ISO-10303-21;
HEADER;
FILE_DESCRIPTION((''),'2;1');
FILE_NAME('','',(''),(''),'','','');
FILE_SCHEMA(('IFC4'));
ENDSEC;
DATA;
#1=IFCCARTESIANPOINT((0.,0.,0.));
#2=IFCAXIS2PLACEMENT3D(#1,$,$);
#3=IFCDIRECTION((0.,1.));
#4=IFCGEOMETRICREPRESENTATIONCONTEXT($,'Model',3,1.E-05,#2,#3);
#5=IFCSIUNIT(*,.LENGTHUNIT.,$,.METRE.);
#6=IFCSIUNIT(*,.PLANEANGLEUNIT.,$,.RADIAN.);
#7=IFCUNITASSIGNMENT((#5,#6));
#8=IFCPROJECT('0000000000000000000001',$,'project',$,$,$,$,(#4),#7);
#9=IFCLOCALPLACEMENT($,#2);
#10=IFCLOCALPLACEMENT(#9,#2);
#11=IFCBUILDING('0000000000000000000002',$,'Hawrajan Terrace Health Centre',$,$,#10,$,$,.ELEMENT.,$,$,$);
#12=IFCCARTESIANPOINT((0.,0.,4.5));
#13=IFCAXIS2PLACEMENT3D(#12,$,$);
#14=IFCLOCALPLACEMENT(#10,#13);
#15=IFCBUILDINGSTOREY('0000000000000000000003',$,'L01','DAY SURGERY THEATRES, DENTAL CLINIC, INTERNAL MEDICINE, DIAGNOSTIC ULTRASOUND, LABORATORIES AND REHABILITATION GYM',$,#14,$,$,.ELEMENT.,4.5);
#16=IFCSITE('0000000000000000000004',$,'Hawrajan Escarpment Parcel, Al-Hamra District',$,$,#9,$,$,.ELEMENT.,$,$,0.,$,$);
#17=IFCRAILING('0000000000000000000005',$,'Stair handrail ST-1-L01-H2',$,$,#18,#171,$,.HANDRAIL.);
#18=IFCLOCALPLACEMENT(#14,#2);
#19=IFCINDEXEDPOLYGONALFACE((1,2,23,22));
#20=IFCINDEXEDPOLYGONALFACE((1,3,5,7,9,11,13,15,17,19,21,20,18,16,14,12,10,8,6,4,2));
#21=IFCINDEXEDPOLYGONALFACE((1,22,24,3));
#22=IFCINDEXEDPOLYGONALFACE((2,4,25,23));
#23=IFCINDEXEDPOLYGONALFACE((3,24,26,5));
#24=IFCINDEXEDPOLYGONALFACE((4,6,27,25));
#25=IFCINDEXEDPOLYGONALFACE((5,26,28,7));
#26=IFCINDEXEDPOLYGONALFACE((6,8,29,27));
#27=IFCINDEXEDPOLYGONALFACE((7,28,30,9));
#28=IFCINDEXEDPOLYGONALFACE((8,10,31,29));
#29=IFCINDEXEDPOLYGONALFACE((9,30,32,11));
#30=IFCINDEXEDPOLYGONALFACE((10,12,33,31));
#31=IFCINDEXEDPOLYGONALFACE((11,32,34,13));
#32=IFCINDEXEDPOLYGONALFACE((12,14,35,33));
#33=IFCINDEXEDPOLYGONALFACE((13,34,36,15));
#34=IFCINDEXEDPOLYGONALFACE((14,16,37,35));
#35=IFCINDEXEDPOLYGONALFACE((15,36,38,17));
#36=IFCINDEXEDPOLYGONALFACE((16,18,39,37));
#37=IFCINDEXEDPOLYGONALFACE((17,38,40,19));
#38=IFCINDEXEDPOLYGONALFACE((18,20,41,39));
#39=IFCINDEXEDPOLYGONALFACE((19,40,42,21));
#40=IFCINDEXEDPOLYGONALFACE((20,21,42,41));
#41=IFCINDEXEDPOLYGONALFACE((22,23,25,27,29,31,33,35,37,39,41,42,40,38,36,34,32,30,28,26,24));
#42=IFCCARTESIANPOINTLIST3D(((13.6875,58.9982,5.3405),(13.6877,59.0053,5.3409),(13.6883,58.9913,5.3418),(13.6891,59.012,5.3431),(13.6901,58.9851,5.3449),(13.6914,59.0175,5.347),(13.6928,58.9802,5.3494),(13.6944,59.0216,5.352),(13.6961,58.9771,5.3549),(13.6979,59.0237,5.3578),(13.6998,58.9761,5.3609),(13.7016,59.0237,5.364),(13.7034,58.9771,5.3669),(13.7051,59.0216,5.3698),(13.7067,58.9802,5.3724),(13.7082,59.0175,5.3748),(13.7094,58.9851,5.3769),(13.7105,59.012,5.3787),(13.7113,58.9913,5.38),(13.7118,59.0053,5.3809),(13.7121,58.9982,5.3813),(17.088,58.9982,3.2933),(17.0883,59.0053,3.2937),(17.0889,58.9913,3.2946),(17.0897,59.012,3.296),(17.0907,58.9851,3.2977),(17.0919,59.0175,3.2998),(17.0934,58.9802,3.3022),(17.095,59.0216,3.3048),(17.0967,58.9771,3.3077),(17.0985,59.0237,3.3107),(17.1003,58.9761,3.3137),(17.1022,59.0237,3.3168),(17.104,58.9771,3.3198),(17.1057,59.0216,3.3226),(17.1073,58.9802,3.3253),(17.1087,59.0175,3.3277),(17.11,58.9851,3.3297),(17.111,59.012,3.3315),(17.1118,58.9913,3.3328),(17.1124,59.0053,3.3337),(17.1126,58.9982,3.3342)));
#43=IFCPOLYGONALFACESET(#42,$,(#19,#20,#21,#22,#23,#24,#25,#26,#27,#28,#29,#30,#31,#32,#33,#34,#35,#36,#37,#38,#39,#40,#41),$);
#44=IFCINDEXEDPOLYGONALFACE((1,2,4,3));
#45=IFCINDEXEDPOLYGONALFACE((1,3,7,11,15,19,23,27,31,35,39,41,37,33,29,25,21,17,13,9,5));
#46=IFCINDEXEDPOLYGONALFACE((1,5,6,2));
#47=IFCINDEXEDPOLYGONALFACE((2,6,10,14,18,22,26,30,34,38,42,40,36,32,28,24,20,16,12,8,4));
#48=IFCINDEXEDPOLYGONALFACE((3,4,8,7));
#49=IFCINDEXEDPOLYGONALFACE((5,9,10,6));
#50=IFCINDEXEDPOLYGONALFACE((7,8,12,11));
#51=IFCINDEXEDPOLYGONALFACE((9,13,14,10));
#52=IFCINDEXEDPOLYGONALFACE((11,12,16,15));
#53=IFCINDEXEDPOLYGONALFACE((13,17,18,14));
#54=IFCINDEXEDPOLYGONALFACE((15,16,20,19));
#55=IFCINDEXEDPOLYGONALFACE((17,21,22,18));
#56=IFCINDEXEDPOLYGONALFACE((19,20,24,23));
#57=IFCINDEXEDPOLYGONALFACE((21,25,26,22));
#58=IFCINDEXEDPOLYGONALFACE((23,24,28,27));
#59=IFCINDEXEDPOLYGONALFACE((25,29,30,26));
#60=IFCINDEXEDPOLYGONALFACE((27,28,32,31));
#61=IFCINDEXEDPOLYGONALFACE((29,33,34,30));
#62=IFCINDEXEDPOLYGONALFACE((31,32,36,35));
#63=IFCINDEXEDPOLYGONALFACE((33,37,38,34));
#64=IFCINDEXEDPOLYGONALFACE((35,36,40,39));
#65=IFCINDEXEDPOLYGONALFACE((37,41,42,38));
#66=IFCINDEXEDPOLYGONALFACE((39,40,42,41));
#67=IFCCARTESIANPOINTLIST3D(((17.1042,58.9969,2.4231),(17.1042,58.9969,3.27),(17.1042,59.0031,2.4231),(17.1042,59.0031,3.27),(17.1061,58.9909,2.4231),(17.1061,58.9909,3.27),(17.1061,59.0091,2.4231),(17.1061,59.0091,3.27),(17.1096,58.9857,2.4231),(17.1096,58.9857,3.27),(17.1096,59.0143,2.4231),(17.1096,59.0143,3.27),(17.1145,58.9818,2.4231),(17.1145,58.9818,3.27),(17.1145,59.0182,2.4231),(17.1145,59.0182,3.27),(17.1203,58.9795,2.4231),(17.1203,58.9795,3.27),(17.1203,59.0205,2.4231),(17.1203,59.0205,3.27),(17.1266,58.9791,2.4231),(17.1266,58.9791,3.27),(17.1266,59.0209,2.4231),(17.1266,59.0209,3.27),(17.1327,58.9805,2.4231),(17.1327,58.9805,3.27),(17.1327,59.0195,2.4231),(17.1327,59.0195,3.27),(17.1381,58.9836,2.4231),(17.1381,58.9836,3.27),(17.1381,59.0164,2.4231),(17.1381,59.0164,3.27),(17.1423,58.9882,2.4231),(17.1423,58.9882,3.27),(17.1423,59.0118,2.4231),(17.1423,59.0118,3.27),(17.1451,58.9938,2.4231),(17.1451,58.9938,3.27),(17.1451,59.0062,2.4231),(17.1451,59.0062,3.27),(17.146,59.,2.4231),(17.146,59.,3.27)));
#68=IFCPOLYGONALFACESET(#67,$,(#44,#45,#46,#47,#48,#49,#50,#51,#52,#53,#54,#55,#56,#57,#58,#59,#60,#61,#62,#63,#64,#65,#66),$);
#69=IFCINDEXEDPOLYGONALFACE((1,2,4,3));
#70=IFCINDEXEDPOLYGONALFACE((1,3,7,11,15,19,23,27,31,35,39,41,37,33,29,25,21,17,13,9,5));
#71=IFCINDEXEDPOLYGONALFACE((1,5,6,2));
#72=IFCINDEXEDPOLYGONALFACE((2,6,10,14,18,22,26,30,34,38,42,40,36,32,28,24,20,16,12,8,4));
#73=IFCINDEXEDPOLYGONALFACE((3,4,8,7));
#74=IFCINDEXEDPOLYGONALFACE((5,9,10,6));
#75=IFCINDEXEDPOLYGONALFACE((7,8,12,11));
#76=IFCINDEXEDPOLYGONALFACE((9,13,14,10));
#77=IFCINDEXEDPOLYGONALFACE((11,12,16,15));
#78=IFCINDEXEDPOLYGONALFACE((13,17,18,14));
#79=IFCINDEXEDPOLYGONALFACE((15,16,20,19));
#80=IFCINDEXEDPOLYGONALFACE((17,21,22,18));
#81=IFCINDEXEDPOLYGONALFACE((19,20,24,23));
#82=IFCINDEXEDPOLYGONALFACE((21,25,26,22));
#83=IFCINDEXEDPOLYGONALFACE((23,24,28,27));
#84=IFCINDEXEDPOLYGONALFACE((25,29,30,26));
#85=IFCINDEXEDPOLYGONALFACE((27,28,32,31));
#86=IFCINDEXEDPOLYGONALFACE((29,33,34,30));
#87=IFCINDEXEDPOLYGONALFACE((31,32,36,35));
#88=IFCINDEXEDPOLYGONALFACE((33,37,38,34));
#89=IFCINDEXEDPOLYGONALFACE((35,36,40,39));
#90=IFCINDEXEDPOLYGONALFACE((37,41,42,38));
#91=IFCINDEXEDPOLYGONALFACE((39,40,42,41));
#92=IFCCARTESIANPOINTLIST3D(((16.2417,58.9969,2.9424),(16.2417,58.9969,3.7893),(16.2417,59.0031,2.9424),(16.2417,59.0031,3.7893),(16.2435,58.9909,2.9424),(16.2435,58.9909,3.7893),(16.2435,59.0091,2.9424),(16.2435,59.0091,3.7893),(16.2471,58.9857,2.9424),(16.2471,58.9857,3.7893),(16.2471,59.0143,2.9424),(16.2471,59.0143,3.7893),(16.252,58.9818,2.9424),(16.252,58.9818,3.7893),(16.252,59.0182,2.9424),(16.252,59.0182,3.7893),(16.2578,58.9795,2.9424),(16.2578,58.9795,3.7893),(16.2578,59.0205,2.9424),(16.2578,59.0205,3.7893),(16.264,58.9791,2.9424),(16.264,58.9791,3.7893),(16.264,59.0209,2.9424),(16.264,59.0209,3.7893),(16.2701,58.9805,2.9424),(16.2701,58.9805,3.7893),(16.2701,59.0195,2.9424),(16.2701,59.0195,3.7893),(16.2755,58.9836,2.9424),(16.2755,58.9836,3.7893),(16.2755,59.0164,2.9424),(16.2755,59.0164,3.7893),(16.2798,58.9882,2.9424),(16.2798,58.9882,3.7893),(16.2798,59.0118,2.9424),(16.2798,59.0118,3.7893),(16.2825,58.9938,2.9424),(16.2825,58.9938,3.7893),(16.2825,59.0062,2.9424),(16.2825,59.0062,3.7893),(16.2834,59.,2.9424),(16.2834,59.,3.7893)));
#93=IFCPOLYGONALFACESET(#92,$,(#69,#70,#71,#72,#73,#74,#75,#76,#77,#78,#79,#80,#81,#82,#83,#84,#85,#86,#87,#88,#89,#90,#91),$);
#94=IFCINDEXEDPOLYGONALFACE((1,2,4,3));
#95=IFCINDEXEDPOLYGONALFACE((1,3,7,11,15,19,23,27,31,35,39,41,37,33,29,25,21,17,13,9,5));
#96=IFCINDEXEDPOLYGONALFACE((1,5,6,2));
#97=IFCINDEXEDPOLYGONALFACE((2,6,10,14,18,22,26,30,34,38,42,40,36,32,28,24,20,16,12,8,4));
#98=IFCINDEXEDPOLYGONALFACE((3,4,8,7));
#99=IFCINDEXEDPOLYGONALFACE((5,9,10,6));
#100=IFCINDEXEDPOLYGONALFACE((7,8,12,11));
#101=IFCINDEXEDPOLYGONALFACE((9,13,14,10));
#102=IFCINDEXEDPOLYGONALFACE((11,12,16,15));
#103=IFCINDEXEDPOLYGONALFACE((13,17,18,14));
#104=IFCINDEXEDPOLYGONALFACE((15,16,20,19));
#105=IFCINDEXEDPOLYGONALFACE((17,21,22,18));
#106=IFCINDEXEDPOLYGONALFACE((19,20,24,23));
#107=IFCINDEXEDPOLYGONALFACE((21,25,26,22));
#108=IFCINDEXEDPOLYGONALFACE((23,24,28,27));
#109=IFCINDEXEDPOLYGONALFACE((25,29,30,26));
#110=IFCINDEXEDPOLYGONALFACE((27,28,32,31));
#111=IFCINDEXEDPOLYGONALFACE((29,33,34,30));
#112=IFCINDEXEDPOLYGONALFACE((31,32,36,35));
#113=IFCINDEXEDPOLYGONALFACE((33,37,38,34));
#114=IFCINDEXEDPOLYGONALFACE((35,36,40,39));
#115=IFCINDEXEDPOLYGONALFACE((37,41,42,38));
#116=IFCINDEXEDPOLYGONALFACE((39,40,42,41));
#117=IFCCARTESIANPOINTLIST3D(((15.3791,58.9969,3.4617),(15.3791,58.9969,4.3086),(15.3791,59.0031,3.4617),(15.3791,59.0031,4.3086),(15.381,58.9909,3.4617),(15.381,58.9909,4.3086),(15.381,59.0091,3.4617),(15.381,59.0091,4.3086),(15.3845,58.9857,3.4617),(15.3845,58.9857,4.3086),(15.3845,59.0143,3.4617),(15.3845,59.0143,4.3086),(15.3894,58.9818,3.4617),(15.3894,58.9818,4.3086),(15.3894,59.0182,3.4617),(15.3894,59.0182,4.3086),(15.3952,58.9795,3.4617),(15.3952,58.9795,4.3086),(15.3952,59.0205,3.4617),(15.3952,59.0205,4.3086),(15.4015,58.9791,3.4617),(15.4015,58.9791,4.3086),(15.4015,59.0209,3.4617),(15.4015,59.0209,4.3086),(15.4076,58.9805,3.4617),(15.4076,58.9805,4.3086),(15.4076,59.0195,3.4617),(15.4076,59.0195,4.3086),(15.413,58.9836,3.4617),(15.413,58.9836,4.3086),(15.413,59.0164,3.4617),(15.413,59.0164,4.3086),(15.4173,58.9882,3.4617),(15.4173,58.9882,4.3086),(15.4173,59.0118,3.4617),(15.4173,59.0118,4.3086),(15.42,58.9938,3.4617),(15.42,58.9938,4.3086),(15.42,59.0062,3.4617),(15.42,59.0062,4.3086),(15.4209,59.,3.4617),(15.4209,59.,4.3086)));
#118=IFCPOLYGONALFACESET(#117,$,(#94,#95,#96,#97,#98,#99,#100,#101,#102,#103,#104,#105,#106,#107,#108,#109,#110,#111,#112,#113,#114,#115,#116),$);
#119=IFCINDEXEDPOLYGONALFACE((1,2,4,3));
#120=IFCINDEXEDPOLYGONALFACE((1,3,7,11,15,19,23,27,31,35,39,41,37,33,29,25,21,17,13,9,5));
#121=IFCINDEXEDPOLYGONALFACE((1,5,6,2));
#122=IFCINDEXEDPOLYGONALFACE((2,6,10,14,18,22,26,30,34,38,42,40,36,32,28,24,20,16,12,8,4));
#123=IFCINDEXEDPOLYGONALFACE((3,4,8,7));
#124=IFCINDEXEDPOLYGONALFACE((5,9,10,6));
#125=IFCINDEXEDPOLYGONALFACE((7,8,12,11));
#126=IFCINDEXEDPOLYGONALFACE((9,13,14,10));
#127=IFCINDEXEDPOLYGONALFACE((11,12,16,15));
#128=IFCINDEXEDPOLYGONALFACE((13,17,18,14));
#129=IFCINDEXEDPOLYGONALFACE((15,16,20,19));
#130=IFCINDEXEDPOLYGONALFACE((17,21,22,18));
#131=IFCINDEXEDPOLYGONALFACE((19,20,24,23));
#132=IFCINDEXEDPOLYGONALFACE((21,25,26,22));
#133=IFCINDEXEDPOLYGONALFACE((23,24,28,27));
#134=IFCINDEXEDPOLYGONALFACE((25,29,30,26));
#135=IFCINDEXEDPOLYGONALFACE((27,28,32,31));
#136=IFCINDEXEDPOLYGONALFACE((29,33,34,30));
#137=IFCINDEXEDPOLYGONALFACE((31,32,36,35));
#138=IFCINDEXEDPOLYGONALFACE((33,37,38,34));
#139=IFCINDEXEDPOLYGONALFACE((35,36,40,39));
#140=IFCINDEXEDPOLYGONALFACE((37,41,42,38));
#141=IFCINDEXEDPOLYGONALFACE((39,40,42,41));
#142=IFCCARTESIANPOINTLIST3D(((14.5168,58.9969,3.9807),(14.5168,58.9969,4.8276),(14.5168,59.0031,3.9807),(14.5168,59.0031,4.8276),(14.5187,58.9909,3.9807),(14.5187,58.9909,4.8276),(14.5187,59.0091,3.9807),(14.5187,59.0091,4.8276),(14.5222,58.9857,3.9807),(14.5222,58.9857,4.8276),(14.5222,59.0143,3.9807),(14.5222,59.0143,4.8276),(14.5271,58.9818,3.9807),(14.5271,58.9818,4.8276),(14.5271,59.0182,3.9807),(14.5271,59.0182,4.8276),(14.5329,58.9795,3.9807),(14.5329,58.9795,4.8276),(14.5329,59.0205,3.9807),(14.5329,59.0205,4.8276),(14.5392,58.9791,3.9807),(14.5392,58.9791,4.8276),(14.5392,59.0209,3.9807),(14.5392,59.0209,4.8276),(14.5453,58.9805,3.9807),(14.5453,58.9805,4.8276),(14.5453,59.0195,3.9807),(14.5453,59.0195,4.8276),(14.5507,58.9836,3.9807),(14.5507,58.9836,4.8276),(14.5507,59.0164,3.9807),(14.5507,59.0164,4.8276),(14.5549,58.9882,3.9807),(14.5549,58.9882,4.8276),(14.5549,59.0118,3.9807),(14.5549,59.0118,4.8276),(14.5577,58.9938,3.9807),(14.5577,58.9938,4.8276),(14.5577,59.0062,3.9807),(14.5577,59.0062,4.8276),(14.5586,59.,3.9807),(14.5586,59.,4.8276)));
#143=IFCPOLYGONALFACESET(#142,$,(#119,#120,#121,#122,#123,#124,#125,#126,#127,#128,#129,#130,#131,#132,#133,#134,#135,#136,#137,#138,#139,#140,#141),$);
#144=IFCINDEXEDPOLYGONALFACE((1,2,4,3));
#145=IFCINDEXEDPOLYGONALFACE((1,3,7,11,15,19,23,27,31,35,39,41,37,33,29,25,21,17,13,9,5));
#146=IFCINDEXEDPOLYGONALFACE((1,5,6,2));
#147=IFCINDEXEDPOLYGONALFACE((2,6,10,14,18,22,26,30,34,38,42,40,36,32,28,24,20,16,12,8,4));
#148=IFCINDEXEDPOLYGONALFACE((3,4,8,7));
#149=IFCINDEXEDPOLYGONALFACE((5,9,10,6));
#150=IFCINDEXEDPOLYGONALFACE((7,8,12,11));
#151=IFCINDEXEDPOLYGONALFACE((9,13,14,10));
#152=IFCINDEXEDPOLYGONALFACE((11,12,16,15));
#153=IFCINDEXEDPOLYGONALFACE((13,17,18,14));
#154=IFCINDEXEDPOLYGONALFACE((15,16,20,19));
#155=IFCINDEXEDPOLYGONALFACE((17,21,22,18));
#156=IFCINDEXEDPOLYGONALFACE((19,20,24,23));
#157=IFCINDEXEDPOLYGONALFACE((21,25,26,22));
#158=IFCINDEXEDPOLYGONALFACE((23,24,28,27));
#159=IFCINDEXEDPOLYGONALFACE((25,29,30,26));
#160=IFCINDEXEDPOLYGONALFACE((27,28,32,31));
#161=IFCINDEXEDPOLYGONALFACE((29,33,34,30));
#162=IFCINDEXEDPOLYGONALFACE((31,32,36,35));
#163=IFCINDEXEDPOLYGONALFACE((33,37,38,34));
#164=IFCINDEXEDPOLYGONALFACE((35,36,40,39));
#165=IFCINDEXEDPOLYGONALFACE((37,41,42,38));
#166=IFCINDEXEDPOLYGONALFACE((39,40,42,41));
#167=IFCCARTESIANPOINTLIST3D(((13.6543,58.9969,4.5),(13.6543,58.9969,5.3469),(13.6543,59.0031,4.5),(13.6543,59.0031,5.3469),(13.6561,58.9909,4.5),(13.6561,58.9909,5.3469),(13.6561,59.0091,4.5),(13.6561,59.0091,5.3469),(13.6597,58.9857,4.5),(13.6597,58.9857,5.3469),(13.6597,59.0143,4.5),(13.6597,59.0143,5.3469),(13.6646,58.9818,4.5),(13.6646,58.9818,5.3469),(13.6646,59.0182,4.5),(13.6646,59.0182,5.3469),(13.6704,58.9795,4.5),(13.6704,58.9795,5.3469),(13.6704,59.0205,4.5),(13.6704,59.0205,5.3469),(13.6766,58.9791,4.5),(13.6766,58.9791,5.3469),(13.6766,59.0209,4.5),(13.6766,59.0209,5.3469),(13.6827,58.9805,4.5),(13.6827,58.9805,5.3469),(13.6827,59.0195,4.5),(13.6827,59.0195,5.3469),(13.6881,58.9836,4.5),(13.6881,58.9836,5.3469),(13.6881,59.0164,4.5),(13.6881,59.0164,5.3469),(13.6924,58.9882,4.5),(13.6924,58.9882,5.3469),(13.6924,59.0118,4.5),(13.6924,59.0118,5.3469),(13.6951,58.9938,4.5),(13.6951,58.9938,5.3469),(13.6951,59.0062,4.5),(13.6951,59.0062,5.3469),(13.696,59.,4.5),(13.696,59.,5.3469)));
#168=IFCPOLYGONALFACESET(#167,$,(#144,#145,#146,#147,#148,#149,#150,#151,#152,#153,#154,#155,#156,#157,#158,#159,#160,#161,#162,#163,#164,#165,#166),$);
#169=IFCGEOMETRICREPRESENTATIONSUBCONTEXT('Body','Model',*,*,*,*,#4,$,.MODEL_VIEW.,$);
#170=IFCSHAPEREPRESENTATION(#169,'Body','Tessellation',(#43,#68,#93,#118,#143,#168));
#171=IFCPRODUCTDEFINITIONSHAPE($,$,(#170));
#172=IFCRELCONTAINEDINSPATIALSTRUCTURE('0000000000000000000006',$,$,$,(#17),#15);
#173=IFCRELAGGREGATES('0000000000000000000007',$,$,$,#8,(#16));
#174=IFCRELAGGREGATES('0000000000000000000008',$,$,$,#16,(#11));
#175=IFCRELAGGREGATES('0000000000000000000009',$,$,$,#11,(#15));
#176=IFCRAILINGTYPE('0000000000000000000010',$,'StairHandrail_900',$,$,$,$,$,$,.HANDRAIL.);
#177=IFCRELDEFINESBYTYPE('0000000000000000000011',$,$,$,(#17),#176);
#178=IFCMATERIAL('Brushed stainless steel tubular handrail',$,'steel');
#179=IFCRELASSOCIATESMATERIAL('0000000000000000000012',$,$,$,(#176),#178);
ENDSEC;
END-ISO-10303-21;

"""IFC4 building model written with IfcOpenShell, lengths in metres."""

from ifc_helpers import new_model, si_unit, direction, frame, origin, origin_2d, place, context, subcontext, project, spatial, circle, extrude, material, type_object, element, save


model = new_model("IFC4")

# Units and contexts
model_context = context("Model", 3, precision=1e-05, world=origin(), true_north=direction((0.0, 1.0)))
body_context = subcontext(model_context, "Body", "Model", "MODEL_VIEW")
ifc_project = project(units=[si_unit("LENGTHUNIT", "METRE"), si_unit("PLANEANGLEUNIT", "RADIAN")], contexts=[model_context])

# Site, building, storey
site_placement = place(None, origin())
site = spatial("IfcSite", under=ifc_project, at=site_placement, Name="Hawrajan Escarpment Parcel, Al-Hamra District", CompositionType="ELEMENT", RefElevation=0.0)
building_placement = place(site_placement, origin())
building = spatial("IfcBuilding", under=site, at=building_placement, Name="Hawrajan Terrace Health Centre", CompositionType="ELEMENT")
storey_placement = place(building_placement, frame((0.0, 0.0, 4.5)))
storey = spatial("IfcBuildingStorey", under=building, at=storey_placement, Name="L01", Description="DAY SURGERY THEATRES, DENTAL CLINIC, INTERNAL MEDICINE, DIAGNOSTIC ULTRASOUND, LABORATORIES AND REHABILITATION GYM", CompositionType="ELEMENT", Elevation=4.5)

# Railing
ifc_material_1 = material(Name="Brushed stainless steel tubular handrail", Category="steel")
railing_type = type_object("IfcRailingType", Name="StairHandrail_900", PredefinedType="HANDRAIL", material=ifc_material_1)
railing_placement = place(storey_placement, frame((17.125, 59.0, 2.4231)))
element("IfcRailing", 1, at=railing_placement, inside=storey, type_object=railing_type, Name="Stair handrail ST-1-L01-H2", PredefinedType="HANDRAIL", context=body_context, shape_type="SweptSolid", body=[
    extrude(circle(Radius=0.0239, at=origin_2d()), frame((-0.0247, 0.0, 0.8906), z_axis=(-0.856732, 0.0, 0.515761), x_axis=(0.0, -1.0, 0.0)), (0.0, 0.0, 1.0), 3.9692),
    extrude(circle(Radius=0.021, at=origin_2d()), origin(), (0.0, 0.0, 1.0), 0.8469),
    extrude(circle(Radius=0.021, at=origin_2d()), frame((-0.8625, 0.0, 0.5193)), (0.0, 0.0, 1.0), 0.8469),
    extrude(circle(Radius=0.021, at=origin_2d()), frame((-1.7251, 0.0, 1.0386)), (0.0, 0.0, 1.0), 0.8469),
    extrude(circle(Radius=0.021, at=origin_2d()), frame((-2.5874, 0.0, 1.5576)), (0.0, 0.0, 1.0), 0.8469),
    extrude(circle(Radius=0.021, at=origin_2d()), frame((-3.45, 0.0, 2.0769)), (0.0, 0.0, 1.0), 0.8469),
])

save(model, "model.ifc")
